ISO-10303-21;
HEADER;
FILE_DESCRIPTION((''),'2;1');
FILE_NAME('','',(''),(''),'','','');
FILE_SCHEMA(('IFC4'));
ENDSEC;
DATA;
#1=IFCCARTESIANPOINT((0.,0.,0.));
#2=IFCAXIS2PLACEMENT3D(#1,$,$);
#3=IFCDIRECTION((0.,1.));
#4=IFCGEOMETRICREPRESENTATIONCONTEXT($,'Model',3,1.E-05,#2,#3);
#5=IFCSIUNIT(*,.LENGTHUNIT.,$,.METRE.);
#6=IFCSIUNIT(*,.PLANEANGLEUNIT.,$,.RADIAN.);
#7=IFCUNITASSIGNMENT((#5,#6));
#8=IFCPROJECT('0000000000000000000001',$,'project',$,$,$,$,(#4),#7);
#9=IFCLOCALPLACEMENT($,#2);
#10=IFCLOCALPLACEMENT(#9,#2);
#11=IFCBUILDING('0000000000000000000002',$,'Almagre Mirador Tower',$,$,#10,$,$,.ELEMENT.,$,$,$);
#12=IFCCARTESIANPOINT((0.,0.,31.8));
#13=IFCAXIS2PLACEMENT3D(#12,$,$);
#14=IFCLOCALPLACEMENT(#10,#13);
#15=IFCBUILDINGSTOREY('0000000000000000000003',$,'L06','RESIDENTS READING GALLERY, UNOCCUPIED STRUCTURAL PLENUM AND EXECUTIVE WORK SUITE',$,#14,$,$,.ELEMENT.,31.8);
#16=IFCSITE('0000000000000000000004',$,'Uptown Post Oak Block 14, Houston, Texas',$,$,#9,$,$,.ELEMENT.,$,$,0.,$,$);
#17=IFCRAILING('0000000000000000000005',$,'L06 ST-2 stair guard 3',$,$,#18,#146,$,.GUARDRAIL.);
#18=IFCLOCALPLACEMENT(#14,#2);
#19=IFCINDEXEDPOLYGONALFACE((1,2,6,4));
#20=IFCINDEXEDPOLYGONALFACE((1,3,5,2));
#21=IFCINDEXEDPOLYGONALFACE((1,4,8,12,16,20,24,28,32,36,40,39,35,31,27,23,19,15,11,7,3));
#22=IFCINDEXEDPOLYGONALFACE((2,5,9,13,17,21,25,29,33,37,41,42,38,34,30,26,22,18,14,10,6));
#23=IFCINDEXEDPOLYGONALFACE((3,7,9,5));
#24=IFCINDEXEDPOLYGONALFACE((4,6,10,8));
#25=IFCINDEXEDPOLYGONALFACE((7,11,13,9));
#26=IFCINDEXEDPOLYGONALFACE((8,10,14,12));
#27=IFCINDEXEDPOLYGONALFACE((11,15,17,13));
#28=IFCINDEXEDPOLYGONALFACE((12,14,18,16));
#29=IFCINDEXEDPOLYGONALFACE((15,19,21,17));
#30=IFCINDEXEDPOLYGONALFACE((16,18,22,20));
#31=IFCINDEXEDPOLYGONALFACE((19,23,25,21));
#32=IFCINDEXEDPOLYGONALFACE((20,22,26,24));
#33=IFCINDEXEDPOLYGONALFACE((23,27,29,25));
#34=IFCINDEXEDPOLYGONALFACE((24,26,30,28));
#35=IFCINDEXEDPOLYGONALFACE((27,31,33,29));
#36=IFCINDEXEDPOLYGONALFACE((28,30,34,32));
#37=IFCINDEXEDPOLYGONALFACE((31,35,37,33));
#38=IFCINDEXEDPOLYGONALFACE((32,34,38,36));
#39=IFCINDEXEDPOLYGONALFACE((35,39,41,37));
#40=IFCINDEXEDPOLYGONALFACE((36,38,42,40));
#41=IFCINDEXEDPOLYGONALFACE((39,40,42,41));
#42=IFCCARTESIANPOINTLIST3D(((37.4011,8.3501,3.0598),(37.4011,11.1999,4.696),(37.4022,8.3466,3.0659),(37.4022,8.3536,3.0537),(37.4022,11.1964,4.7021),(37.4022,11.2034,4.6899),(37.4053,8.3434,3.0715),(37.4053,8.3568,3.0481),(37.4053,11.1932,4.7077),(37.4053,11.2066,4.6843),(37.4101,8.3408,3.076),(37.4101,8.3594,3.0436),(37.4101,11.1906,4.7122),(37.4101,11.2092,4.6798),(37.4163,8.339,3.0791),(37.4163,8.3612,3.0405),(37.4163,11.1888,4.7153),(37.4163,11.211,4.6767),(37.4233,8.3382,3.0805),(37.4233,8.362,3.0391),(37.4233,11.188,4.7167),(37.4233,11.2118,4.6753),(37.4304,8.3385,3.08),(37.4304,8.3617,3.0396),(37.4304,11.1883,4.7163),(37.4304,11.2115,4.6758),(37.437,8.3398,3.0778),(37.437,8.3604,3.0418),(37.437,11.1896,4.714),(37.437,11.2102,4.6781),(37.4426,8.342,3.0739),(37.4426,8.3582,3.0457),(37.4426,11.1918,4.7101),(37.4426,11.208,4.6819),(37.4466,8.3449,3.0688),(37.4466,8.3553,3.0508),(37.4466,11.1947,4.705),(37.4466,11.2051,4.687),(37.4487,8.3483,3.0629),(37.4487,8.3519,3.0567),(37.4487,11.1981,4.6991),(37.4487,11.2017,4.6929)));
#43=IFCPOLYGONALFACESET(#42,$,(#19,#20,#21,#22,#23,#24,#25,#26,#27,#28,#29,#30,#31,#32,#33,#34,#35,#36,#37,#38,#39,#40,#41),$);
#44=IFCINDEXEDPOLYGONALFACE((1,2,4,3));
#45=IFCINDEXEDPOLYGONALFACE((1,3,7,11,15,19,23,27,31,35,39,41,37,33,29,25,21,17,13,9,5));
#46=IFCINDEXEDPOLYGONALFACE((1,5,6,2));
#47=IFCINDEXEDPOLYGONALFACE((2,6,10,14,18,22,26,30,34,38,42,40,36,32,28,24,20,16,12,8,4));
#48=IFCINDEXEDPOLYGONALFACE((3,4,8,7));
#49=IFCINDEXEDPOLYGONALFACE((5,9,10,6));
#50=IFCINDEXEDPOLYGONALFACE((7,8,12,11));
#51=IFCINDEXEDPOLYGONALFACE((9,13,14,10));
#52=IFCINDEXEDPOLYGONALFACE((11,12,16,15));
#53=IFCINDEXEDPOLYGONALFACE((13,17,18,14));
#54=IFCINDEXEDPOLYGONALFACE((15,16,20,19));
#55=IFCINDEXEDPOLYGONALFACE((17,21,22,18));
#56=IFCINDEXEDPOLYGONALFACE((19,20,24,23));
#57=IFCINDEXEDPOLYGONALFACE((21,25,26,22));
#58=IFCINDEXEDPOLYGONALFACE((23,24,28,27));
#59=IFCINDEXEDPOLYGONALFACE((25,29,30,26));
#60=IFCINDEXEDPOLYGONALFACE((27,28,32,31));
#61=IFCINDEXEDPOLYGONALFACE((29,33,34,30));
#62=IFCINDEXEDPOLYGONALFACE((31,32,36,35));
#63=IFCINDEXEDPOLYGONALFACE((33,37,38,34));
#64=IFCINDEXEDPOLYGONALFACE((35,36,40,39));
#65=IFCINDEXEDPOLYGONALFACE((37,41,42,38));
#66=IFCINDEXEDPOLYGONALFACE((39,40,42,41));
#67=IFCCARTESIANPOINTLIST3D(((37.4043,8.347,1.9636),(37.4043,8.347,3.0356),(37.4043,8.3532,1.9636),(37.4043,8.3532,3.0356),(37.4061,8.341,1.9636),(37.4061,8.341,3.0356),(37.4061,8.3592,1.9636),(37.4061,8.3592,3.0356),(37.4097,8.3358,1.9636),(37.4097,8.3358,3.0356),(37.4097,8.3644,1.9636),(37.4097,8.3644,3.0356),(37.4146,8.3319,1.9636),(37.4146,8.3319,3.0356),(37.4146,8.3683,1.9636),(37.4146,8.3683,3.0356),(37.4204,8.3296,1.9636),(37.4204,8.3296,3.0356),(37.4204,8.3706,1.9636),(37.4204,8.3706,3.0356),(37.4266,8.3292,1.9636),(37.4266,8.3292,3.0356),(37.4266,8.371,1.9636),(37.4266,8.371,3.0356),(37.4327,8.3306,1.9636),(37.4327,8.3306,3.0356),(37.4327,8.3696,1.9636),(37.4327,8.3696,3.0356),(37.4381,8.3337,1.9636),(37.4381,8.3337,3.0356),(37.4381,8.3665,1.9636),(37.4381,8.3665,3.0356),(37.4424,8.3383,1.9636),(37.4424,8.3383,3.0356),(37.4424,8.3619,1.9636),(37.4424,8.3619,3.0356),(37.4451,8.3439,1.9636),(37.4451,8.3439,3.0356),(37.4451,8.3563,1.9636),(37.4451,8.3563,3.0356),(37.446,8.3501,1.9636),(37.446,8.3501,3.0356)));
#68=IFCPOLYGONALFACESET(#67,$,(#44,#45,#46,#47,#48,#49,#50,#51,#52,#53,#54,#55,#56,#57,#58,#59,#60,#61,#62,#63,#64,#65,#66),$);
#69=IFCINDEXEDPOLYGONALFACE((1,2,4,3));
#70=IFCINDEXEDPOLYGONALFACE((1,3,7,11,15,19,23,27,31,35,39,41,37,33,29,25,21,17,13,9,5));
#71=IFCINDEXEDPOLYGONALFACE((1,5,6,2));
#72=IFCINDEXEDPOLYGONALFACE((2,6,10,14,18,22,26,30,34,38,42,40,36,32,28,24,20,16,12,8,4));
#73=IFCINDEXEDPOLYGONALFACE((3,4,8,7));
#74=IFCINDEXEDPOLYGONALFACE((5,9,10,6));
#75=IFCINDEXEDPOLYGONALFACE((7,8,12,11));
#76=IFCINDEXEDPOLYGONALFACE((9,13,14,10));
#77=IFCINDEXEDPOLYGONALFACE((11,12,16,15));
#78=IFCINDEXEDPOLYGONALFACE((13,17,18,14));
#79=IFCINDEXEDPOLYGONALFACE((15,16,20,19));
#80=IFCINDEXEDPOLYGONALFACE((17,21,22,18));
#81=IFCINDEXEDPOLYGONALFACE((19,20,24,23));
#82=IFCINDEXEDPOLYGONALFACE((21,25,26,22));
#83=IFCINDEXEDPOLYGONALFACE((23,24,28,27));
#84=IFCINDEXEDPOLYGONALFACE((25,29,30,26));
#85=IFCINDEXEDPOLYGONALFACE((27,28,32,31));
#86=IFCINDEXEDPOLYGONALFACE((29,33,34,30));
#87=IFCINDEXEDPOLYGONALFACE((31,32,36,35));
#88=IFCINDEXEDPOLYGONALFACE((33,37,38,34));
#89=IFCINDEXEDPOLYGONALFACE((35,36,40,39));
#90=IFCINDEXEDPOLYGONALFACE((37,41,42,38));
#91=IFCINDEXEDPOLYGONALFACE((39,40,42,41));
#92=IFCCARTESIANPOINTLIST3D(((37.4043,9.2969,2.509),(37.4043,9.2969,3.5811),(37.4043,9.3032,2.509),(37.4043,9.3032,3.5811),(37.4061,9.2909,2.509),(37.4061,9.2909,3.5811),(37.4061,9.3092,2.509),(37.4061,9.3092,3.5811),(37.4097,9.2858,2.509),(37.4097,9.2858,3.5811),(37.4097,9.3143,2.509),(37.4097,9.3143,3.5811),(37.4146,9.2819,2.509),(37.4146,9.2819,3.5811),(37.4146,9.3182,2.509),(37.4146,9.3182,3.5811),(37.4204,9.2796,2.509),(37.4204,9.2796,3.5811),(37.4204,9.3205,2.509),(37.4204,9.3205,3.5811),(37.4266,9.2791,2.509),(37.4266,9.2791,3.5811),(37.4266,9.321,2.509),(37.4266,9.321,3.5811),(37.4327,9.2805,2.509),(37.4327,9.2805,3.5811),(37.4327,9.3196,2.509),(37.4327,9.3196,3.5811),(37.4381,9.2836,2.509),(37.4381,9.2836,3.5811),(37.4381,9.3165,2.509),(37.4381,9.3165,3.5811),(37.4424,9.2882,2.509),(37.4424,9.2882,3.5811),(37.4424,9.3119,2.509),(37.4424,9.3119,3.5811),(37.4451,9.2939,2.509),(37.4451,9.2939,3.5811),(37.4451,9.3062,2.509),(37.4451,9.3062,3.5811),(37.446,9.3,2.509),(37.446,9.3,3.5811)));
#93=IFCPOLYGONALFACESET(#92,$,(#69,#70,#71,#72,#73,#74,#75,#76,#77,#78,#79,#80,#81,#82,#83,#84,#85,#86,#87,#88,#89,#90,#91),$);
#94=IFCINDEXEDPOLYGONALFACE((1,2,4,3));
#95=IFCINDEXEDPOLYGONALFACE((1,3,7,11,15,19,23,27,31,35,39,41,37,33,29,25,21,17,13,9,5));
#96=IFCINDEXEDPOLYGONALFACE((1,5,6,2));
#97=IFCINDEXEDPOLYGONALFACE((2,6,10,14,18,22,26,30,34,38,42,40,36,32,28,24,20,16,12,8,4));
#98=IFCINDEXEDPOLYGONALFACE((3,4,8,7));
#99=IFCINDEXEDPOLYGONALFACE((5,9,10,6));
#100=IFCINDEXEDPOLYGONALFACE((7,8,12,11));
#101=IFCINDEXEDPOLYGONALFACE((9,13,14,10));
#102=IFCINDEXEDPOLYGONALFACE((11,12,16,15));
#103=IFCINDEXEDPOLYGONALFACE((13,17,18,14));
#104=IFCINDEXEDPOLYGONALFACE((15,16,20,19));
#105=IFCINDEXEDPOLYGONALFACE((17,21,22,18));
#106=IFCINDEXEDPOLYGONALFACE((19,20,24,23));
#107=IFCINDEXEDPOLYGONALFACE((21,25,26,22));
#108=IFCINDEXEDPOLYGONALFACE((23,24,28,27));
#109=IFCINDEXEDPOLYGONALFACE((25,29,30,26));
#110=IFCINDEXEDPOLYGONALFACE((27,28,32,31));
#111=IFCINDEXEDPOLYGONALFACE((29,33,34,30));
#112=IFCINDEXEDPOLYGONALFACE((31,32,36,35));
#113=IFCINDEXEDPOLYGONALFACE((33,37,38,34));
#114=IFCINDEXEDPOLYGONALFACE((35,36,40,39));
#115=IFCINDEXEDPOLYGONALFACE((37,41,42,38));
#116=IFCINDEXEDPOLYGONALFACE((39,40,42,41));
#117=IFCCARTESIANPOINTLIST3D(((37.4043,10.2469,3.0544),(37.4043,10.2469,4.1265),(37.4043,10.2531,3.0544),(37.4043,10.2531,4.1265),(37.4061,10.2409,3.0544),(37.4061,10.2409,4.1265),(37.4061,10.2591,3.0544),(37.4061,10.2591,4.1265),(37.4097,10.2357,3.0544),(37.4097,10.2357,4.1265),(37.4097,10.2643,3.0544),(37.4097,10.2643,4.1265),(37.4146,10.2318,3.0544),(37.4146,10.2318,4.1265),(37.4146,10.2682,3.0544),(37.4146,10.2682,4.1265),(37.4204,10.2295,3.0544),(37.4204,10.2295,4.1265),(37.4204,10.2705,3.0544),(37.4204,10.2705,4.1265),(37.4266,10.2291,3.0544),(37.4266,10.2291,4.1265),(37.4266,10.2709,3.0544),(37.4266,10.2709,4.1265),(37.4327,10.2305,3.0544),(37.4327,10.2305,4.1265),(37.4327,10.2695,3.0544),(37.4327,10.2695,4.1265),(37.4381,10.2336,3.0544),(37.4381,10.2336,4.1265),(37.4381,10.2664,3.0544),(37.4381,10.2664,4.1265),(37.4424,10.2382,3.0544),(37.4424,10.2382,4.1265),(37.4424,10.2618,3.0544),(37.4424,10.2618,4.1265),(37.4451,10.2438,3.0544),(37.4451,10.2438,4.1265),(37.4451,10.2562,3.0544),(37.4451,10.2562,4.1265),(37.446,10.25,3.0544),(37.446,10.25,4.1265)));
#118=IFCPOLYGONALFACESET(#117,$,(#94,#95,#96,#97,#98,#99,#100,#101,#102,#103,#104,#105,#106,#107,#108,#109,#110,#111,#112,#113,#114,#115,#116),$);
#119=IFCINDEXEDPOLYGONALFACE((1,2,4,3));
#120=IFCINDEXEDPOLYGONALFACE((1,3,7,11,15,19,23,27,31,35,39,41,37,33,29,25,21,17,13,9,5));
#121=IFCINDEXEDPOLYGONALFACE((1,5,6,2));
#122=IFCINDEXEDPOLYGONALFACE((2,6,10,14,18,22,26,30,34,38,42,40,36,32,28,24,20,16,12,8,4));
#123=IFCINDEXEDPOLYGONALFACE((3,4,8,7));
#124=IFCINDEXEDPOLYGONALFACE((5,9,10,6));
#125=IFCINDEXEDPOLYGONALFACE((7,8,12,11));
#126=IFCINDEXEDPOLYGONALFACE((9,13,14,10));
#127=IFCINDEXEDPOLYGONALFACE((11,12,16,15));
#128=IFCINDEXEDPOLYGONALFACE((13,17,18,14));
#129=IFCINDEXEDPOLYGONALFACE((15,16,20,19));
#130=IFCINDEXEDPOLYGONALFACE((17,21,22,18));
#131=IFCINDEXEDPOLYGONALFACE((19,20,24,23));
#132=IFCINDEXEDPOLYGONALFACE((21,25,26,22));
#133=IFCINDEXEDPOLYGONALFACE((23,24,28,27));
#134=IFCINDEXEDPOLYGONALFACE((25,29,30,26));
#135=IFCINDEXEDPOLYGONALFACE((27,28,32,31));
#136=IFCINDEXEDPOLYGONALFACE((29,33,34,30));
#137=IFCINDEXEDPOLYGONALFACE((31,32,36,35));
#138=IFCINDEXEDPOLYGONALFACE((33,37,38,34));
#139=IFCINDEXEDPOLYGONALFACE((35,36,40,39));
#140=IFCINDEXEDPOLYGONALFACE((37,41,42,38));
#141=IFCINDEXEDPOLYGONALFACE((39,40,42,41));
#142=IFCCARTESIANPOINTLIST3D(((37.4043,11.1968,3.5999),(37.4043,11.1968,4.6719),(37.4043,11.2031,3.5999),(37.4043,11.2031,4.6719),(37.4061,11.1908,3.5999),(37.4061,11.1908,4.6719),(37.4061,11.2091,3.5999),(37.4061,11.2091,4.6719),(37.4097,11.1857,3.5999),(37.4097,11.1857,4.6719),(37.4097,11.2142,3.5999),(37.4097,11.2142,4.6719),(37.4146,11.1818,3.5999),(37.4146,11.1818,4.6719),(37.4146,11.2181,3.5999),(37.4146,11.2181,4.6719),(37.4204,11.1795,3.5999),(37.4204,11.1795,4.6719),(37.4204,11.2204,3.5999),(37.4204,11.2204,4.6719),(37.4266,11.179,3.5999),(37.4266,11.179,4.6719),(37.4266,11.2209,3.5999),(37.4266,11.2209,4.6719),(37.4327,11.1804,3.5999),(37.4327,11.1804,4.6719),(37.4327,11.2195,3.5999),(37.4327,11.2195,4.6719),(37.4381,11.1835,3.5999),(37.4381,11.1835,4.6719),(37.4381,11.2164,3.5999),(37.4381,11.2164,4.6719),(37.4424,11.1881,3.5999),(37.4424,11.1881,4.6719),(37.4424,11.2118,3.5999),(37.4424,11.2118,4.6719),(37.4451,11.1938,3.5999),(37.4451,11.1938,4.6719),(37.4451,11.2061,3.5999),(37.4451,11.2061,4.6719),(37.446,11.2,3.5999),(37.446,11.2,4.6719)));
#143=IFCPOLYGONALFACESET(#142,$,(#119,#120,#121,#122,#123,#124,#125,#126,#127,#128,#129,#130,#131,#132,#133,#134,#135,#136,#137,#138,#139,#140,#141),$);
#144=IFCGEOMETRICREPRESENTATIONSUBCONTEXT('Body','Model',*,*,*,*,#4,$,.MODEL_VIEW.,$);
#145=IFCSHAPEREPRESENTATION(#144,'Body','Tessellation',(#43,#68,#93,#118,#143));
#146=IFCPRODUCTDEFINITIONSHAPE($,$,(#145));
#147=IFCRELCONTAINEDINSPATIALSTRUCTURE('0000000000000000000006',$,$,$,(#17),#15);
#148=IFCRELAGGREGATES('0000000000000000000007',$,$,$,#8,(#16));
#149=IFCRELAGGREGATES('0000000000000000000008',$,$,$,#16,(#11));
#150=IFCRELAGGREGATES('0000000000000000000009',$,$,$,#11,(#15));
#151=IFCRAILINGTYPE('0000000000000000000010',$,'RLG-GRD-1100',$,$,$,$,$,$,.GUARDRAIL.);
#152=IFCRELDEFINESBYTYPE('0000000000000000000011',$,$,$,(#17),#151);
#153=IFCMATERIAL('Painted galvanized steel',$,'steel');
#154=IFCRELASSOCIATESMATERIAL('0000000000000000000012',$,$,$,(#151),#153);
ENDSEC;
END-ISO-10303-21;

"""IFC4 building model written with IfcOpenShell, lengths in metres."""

from ifc_helpers import new_model, si_unit, direction, frame, origin, origin_2d, place, context, subcontext, project, spatial, circle, extrude, material, type_object, element, save


model = new_model("IFC4")

# Units and contexts
model_context = context("Model", 3, precision=1e-05, world=origin(), true_north=direction((0.0, 1.0)))
body_context = subcontext(model_context, "Body", "Model", "MODEL_VIEW")
ifc_project = project(units=[si_unit("LENGTHUNIT", "METRE"), si_unit("PLANEANGLEUNIT", "RADIAN")], contexts=[model_context])

# Site, building, storey
site_placement = place(None, origin())
site = spatial("IfcSite", under=ifc_project, at=site_placement, Name="Uptown Post Oak Block 14, Houston, Texas", CompositionType="ELEMENT", RefElevation=0.0)
building_placement = place(site_placement, origin())
building = spatial("IfcBuilding", under=site, at=building_placement, Name="Almagre Mirador Tower", CompositionType="ELEMENT")
storey_placement = place(building_placement, frame((0.0, 0.0, 31.8)))
storey = spatial("IfcBuildingStorey", under=building, at=storey_placement, Name="L06", Description="RESIDENTS READING GALLERY, UNOCCUPIED STRUCTURAL PLENUM AND EXECUTIVE WORK SUITE", CompositionType="ELEMENT", Elevation=31.8)

# Railing
ifc_material_1 = material(Name="Painted galvanized steel", Category="steel")
railing_type_1 = type_object("IfcRailingType", Name="RLG-GRD-1100", PredefinedType="GUARDRAIL", material=ifc_material_1)
railing_1_placement = place(storey_placement, frame((37.425, 8.3501, 1.9636)))
element("IfcRailing", 1, at=railing_1_placement, inside=storey, type_object=railing_type_1, Name="L06 ST-2 stair guard 3", PredefinedType="GUARDRAIL", context=body_context, shape_type="SweptSolid", body=[
    extrude(circle(Radius=0.0239, at=origin_2d()), frame((0.0, 0.0, 1.0962), z_axis=(0.0, 0.867226, 0.497914), x_axis=(-1.0, 0.0, 0.0)), (0.0, 0.0, 1.0), 3.2861),
    extrude(circle(Radius=0.021, at=origin_2d()), origin(), (0.0, 0.0, 1.0), 1.072),
    extrude(circle(Radius=0.021, at=origin_2d()), frame((0.0, 0.95, 0.5454)), (0.0, 0.0, 1.0), 1.072),
    extrude(circle(Radius=0.021, at=origin_2d()), frame((0.0, 1.8999, 1.0908)), (0.0, 0.0, 1.0), 1.072),
    extrude(circle(Radius=0.021, at=origin_2d()), frame((0.0, 2.8499, 1.6362)), (0.0, 0.0, 1.0), 1.072),
])

save(model, "model.ifc")
